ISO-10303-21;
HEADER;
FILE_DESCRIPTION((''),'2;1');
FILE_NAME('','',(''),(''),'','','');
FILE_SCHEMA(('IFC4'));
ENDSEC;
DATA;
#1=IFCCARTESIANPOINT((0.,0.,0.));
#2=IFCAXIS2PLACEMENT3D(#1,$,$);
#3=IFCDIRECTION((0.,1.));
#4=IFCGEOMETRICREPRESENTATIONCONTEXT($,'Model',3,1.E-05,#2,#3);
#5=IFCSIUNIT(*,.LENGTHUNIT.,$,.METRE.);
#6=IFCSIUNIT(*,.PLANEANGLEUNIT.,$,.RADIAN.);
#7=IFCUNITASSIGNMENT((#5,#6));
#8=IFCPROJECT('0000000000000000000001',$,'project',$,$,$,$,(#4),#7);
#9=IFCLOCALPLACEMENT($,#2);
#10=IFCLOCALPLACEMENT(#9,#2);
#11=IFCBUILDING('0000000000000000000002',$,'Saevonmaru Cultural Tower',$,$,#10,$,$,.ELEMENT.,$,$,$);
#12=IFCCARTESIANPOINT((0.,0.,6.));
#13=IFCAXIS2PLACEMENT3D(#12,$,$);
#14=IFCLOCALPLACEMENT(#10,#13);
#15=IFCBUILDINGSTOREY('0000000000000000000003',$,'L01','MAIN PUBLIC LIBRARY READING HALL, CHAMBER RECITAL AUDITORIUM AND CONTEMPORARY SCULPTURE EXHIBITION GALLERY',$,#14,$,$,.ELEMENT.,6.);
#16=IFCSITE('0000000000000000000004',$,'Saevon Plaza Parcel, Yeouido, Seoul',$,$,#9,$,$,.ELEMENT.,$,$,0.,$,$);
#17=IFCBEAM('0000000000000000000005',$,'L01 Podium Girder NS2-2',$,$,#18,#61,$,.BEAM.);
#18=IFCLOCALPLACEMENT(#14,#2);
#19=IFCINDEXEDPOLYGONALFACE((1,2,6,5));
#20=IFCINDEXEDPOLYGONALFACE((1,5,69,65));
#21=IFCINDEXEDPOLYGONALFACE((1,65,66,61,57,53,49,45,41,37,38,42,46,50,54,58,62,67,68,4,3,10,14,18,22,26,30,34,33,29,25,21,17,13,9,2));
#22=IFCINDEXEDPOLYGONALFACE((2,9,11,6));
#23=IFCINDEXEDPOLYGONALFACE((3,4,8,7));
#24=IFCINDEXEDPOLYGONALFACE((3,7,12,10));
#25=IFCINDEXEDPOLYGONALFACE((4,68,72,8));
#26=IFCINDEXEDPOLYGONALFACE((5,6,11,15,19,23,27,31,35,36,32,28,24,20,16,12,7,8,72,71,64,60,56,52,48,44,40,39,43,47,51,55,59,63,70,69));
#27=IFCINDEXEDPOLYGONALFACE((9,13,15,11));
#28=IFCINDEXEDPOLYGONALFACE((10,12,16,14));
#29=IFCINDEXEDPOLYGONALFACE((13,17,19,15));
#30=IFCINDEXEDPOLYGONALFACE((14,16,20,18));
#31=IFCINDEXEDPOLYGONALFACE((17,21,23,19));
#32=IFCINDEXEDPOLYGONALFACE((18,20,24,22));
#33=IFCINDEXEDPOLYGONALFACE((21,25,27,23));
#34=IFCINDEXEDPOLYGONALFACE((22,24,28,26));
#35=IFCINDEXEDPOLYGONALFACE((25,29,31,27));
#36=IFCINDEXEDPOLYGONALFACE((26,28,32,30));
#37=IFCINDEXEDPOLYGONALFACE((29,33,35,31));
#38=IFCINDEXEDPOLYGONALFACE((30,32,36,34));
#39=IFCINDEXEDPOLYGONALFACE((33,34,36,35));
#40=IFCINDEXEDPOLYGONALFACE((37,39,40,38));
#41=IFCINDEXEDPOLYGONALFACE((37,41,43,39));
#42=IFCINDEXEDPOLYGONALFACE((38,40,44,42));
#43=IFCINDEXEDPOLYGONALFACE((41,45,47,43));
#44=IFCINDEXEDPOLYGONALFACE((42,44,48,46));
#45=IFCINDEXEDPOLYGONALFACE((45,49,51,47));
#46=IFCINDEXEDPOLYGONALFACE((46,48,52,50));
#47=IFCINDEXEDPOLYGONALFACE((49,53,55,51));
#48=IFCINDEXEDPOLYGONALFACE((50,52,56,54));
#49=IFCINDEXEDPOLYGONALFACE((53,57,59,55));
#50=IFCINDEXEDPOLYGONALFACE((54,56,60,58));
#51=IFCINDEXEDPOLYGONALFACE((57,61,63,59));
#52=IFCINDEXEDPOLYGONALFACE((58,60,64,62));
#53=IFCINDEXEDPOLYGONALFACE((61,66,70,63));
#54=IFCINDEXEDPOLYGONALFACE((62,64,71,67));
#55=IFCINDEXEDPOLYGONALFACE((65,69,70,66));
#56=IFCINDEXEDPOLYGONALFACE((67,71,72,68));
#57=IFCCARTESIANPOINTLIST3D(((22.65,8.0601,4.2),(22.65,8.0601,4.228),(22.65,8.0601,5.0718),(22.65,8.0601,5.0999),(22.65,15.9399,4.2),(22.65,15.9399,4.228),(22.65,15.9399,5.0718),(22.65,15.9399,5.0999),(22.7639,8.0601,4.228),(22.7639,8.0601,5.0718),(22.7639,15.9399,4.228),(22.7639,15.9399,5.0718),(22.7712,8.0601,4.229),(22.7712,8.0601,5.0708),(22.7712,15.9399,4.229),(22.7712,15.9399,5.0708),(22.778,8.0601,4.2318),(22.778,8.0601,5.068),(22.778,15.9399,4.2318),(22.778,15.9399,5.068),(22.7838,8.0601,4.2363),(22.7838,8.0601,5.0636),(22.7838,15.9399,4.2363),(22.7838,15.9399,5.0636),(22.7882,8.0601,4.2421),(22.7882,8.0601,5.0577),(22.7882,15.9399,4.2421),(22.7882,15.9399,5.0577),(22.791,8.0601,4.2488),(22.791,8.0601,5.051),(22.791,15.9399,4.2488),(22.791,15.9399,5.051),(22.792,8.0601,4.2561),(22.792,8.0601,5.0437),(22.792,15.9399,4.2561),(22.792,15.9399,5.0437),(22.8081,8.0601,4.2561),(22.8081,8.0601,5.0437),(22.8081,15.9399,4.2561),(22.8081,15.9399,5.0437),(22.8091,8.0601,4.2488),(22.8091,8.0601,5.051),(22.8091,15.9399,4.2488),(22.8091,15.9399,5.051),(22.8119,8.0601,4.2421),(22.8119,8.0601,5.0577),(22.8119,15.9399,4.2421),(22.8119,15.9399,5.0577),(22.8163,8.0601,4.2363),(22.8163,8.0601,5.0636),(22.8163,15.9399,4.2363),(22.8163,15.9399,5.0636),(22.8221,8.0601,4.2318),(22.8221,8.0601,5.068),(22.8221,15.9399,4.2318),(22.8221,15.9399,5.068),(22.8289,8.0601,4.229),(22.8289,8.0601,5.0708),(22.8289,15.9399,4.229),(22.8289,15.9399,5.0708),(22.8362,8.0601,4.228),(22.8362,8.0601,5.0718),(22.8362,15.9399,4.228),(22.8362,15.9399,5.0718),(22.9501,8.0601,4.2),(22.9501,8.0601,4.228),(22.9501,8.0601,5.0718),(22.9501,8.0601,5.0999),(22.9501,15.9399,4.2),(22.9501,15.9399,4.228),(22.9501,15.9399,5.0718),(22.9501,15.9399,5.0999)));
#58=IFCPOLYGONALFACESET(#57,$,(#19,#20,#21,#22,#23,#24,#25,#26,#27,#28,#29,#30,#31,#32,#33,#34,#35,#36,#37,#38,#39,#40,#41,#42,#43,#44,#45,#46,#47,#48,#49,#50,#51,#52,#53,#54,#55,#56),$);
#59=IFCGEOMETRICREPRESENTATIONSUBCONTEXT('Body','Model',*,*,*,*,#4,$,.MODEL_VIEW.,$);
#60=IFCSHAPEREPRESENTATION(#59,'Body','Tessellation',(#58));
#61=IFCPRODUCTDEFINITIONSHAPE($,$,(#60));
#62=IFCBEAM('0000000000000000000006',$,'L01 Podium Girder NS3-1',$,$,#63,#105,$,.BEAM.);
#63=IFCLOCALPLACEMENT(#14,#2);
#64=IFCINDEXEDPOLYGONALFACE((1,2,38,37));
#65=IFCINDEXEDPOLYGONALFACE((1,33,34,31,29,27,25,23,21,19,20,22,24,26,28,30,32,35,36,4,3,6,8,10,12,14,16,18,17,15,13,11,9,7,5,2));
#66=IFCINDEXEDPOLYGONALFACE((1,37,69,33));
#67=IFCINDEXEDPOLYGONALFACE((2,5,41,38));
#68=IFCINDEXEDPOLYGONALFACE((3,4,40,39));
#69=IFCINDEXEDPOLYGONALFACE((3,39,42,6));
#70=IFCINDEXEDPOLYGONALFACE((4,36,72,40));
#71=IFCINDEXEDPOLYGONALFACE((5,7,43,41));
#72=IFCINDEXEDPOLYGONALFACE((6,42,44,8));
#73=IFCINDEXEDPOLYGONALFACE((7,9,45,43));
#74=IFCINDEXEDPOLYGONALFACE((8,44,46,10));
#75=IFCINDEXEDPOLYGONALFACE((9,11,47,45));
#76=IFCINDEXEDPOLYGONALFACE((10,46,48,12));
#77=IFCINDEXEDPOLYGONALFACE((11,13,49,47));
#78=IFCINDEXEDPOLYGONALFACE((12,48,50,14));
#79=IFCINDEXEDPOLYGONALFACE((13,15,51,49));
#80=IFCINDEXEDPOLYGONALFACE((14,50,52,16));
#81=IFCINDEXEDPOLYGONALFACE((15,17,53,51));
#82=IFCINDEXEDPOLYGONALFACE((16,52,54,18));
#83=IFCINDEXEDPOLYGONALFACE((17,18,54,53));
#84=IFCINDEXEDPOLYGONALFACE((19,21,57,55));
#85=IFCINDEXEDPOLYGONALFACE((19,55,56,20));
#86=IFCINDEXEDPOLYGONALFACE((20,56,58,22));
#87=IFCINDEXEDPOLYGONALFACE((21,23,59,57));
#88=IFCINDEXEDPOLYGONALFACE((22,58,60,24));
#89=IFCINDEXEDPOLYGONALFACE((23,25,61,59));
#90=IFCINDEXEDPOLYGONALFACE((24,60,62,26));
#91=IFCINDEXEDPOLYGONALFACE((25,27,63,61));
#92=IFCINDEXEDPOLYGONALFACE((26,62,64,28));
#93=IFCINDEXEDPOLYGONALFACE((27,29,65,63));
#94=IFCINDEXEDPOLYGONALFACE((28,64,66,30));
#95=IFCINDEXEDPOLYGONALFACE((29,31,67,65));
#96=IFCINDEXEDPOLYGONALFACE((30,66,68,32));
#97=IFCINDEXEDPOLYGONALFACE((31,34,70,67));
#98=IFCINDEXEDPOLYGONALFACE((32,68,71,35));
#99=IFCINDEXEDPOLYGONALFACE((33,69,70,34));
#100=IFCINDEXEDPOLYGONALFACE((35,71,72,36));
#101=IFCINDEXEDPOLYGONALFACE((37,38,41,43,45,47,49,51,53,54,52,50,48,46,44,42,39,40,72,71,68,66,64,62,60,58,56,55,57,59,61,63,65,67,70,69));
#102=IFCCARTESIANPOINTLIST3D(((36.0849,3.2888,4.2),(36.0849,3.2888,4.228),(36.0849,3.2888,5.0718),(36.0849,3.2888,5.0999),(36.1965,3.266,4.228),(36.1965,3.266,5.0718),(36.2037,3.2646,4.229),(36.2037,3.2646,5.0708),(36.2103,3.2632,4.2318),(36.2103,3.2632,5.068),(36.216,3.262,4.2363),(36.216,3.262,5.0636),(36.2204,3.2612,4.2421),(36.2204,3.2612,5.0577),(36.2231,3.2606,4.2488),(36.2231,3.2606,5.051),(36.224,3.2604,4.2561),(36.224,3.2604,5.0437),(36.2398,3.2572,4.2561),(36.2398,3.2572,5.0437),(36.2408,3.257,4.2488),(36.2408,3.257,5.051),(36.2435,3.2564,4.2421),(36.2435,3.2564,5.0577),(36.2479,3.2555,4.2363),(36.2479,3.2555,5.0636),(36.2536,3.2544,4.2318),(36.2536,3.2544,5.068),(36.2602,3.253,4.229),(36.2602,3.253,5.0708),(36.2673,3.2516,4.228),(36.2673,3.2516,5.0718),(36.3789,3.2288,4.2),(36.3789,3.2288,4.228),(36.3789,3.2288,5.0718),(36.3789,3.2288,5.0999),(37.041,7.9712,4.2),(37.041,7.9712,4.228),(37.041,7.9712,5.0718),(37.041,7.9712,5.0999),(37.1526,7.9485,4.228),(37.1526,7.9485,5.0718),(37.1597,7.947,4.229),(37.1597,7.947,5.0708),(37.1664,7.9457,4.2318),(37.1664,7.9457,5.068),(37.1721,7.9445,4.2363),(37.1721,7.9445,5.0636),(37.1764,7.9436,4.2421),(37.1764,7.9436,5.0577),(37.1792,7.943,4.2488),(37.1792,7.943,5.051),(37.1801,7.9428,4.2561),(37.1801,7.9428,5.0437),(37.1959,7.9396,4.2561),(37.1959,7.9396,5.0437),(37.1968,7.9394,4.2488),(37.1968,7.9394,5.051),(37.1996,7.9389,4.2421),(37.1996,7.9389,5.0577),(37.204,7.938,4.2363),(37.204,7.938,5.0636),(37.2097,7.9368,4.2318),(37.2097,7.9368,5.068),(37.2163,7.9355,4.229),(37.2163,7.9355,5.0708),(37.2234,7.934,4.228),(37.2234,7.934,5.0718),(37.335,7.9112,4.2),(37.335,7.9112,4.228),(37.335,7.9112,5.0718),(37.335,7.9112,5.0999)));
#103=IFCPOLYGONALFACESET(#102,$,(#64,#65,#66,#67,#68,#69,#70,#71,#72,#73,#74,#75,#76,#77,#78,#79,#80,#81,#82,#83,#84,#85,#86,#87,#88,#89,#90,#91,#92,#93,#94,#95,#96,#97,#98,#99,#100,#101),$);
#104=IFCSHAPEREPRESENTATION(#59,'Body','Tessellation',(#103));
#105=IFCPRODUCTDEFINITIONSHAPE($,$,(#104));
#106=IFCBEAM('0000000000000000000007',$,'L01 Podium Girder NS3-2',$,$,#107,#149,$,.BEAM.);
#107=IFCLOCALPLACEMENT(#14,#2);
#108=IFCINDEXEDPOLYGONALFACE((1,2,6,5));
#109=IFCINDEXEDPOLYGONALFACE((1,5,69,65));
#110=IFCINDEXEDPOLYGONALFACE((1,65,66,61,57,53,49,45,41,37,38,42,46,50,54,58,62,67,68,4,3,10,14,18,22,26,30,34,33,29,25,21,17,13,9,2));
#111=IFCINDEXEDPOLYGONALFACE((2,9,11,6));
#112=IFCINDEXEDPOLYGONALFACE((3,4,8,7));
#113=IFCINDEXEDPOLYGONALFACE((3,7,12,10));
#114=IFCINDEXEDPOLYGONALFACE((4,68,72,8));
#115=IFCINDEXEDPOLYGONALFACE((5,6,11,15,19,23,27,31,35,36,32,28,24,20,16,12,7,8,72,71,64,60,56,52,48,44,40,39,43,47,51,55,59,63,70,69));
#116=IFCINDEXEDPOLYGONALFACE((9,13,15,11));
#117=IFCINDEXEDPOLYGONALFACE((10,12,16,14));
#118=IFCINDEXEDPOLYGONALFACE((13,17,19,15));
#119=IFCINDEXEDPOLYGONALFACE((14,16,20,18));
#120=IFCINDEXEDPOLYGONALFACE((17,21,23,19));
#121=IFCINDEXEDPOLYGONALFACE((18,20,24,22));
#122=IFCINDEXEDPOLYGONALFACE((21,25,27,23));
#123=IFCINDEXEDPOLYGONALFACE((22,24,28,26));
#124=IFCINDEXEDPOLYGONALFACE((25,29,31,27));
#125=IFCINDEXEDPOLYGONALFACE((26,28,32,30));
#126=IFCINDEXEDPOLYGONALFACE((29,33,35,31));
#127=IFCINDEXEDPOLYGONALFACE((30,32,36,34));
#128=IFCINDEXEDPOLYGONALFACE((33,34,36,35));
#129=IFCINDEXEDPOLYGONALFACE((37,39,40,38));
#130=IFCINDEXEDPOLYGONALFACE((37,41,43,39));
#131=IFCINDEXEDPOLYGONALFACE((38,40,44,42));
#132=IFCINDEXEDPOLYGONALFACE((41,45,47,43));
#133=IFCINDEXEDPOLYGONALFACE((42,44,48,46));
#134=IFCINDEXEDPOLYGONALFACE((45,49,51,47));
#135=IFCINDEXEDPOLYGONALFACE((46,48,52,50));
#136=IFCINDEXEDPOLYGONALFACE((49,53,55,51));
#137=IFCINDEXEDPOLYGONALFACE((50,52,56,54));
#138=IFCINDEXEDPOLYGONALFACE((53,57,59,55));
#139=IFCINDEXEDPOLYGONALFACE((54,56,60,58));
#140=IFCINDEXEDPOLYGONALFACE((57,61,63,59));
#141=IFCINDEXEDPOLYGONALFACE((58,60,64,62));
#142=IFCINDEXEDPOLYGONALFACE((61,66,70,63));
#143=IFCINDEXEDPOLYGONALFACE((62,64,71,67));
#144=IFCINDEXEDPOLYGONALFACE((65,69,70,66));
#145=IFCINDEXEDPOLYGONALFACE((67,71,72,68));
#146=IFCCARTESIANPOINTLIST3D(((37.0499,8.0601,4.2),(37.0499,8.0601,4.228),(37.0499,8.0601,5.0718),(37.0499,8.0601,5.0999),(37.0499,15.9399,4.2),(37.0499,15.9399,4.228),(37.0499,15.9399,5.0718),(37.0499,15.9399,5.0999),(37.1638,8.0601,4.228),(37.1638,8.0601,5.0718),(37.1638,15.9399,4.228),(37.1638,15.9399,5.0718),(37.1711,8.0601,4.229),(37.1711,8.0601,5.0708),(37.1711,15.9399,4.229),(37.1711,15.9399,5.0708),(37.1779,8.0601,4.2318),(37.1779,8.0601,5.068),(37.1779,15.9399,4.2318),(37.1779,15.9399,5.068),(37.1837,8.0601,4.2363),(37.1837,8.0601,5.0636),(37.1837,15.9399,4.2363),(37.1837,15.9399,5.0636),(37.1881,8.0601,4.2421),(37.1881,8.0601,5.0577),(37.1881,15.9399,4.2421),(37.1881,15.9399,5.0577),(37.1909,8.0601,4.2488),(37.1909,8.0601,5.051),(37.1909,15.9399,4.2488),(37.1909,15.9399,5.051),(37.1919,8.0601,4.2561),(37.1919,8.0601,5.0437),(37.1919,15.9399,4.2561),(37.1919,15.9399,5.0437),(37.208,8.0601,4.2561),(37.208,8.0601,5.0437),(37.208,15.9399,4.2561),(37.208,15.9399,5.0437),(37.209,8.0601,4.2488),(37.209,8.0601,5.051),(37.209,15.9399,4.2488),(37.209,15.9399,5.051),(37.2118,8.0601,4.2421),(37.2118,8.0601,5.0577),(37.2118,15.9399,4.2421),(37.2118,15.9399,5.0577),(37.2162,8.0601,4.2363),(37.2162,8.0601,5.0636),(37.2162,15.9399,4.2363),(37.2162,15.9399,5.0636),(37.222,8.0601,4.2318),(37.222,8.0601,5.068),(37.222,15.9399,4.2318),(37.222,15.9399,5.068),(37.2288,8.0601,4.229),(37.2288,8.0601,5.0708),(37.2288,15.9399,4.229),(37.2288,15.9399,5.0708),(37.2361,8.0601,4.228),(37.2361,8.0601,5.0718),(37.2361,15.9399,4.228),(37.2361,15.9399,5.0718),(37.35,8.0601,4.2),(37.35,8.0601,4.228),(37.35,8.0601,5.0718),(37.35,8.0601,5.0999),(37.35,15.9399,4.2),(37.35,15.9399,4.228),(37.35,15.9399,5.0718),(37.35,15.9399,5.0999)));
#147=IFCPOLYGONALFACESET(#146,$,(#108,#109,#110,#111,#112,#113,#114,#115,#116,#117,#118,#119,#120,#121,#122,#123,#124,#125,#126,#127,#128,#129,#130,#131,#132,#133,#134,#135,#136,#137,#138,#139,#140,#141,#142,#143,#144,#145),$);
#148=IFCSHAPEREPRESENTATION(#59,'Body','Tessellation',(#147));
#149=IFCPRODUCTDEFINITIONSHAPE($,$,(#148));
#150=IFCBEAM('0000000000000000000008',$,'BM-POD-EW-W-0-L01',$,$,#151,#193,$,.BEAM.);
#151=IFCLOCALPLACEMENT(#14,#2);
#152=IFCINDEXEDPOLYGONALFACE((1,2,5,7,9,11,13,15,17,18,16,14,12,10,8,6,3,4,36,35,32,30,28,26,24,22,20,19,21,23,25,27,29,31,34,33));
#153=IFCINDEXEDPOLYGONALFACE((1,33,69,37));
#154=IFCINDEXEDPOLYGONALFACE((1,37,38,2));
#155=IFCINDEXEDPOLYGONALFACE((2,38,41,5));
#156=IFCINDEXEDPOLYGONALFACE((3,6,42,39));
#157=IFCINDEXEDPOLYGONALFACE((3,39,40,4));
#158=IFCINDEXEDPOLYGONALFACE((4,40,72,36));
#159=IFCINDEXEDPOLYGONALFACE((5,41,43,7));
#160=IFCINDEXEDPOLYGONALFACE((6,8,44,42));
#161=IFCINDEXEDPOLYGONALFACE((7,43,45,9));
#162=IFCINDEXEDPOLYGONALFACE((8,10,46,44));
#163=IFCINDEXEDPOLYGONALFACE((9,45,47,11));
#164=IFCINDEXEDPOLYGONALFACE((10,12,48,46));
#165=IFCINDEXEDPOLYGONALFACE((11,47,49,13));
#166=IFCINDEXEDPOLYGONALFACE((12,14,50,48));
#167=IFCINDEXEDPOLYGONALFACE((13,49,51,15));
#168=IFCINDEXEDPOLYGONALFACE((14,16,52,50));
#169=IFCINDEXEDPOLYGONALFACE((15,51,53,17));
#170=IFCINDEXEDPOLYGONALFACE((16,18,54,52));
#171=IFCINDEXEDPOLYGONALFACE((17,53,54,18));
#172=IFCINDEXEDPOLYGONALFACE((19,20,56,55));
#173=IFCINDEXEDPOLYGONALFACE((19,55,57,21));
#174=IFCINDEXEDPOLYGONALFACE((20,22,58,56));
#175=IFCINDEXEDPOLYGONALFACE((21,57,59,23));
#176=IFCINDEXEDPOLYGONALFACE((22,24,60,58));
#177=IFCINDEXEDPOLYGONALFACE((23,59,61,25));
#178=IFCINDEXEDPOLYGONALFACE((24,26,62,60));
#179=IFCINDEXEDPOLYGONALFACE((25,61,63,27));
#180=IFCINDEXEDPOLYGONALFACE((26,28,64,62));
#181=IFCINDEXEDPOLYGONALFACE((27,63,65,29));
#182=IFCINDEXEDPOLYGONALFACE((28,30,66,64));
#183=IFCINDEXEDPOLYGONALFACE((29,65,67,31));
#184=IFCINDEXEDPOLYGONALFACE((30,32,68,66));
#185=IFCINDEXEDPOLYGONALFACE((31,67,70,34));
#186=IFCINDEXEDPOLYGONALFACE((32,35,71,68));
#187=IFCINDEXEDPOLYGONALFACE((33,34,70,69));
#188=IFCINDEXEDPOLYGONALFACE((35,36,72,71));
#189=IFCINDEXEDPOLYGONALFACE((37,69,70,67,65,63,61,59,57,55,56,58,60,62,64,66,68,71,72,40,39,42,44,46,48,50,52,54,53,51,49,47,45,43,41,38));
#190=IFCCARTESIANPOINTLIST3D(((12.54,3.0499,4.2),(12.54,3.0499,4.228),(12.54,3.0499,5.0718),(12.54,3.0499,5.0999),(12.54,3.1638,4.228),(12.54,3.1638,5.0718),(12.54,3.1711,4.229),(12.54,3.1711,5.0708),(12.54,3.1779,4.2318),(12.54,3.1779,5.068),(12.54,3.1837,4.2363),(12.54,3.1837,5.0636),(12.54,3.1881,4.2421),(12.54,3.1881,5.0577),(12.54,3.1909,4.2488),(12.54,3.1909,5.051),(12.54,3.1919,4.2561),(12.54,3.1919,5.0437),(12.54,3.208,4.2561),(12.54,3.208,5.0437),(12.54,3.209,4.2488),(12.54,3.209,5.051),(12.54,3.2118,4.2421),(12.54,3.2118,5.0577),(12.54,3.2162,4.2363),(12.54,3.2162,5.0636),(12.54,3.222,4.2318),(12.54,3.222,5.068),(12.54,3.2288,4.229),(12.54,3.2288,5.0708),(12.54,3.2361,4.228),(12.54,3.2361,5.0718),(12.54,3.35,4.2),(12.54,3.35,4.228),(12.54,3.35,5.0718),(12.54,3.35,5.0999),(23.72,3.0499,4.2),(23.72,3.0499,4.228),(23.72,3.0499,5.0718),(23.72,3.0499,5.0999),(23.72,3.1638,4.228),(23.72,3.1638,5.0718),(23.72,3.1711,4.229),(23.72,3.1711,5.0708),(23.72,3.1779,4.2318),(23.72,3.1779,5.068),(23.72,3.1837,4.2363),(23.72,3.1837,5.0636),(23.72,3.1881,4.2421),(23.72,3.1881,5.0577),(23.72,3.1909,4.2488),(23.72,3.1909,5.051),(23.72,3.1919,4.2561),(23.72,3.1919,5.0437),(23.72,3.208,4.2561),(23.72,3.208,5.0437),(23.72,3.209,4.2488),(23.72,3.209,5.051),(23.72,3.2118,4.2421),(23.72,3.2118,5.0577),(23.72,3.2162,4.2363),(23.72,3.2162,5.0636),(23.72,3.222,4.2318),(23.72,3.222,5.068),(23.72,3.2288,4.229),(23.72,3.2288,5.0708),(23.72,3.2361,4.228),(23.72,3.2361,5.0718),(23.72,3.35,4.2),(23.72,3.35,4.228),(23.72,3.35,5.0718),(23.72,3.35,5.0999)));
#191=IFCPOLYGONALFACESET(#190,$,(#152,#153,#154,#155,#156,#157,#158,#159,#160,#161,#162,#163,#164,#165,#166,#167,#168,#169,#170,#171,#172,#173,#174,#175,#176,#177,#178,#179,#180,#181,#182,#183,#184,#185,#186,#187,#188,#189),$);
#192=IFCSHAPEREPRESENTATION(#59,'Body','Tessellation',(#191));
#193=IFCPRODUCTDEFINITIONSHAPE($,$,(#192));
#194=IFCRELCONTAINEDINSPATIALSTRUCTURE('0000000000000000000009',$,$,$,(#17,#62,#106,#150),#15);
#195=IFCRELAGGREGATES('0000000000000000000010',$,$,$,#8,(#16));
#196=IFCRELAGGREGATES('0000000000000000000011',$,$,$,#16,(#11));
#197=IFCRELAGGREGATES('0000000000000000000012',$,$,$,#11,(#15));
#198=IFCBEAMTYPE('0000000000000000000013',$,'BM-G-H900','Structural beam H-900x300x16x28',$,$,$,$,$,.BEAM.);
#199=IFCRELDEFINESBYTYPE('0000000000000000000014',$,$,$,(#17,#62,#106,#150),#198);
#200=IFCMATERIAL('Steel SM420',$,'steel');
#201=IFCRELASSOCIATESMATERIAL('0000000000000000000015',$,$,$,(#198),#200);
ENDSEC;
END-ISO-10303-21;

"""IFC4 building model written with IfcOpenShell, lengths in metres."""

from ifc_helpers import new_model, si_unit, direction, frame, origin, origin_2d, place, context, subcontext, project, spatial, i_section, extrude, material, material_profile, profile_set, type_object, element, save


model = new_model("IFC4")

# Units and contexts
model_context = context("Model", 3, precision=1e-05, world=origin(), true_north=direction((0.0, 1.0)))
body_context = subcontext(model_context, "Body", "Model", "MODEL_VIEW")
ifc_project = project(units=[si_unit("LENGTHUNIT", "METRE"), si_unit("PLANEANGLEUNIT", "RADIAN")], contexts=[model_context])

# Site, building, storey
site_placement = place(None, origin())
site = spatial("IfcSite", under=ifc_project, at=site_placement, Name="Saevon Plaza Parcel, Yeouido, Seoul", CompositionType="ELEMENT", RefElevation=0.0)
building_placement = place(site_placement, origin())
building = spatial("IfcBuilding", under=site, at=building_placement, Name="Saevonmaru Cultural Tower", CompositionType="ELEMENT")
storey_placement = place(building_placement, frame((0.0, 0.0, 6.0)))
storey = spatial("IfcBuildingStorey", under=building, at=storey_placement, Name="L01", Description="MAIN PUBLIC LIBRARY READING HALL, CHAMBER RECITAL AUDITORIUM AND CONTEMPORARY SCULPTURE EXHIBITION GALLERY", CompositionType="ELEMENT", Elevation=6.0)

# Shared definitions
ifc_material_1 = material(Name="Steel SM420", Category="steel")

# Beams
ifc_material_profile_1 = material_profile(ifc_material_1, i_section(OverallWidth=0.3, OverallDepth=0.8999, WebThickness=0.0161, FlangeThickness=0.0281, FilletRadius=0.0281, at=origin_2d()), Name="H-900x300x16x28")
ifc_profile_set_1 = profile_set([ifc_material_profile_1], Name="Steel SM420")
beam_type_1 = type_object("IfcBeamType", Name="BM-G-H900", Description="Structural beam H-900x300x16x28", PredefinedType="BEAM", material=ifc_profile_set_1)
beam_1_placement = place(storey_placement, frame((22.8, 8.0601, 4.6499), z_axis=(0.0, 1.0, 0.0), x_axis=(-1.0, 0.0, 0.0)))
element("IfcBeam", 1, at=beam_1_placement, inside=storey, type_object=beam_type_1, Name="L01 Podium Girder NS2-2", PredefinedType="BEAM", context=body_context, shape_type="SweptSolid", body=[
    extrude(i_section(OverallWidth=0.3, OverallDepth=0.8999, WebThickness=0.0161, FlangeThickness=0.0281, FilletRadius=0.0281, at=origin_2d()), origin(), (0.0, 0.0, 1.0), 7.8799),
])
beam_2_placement = place(storey_placement, frame((36.2319, 3.2588, 4.6499), z_axis=(0.200054, 0.979785, 0.0), x_axis=(-0.979785, 0.200054, 0.0)))
element("IfcBeam", 2, at=beam_2_placement, inside=storey, type_object=beam_type_1, Name="L01 Podium Girder NS3-1", PredefinedType="BEAM", context=body_context, shape_type="SweptSolid", body=[
    extrude(i_section(OverallWidth=0.3, OverallDepth=0.8999, WebThickness=0.0161, FlangeThickness=0.0281, FilletRadius=0.0281, at=origin_2d()), origin(), (0.0, 0.0, 1.0), 4.7791),
])
beam_3_placement = place(storey_placement, frame((37.2, 8.0601, 4.6499), z_axis=(0.0, 1.0, 0.0), x_axis=(-1.0, 0.0, 0.0)))
element("IfcBeam", 3, at=beam_3_placement, inside=storey, type_object=beam_type_1, Name="L01 Podium Girder NS3-2", PredefinedType="BEAM", context=body_context, shape_type="SweptSolid", body=[
    extrude(i_section(OverallWidth=0.3, OverallDepth=0.8999, WebThickness=0.0161, FlangeThickness=0.0281, FilletRadius=0.0281, at=origin_2d()), origin(), (0.0, 0.0, 1.0), 7.8799),
])
beam_4_placement = place(storey_placement, frame((12.54, 3.2, 4.6499), z_axis=(1.0, 0.0, 0.0), x_axis=(0.0, 1.0, 0.0)))
element("IfcBeam", 4, at=beam_4_placement, inside=storey, type_object=beam_type_1, Name="BM-POD-EW-W-0-L01", PredefinedType="BEAM", context=body_context, shape_type="SweptSolid", body=[
    extrude(i_section(OverallWidth=0.3, OverallDepth=0.8999, WebThickness=0.0161, FlangeThickness=0.0281, FilletRadius=0.0281, at=origin_2d()), origin(), (0.0, 0.0, 1.0), 11.1799),
])

save(model, "model.ifc")
